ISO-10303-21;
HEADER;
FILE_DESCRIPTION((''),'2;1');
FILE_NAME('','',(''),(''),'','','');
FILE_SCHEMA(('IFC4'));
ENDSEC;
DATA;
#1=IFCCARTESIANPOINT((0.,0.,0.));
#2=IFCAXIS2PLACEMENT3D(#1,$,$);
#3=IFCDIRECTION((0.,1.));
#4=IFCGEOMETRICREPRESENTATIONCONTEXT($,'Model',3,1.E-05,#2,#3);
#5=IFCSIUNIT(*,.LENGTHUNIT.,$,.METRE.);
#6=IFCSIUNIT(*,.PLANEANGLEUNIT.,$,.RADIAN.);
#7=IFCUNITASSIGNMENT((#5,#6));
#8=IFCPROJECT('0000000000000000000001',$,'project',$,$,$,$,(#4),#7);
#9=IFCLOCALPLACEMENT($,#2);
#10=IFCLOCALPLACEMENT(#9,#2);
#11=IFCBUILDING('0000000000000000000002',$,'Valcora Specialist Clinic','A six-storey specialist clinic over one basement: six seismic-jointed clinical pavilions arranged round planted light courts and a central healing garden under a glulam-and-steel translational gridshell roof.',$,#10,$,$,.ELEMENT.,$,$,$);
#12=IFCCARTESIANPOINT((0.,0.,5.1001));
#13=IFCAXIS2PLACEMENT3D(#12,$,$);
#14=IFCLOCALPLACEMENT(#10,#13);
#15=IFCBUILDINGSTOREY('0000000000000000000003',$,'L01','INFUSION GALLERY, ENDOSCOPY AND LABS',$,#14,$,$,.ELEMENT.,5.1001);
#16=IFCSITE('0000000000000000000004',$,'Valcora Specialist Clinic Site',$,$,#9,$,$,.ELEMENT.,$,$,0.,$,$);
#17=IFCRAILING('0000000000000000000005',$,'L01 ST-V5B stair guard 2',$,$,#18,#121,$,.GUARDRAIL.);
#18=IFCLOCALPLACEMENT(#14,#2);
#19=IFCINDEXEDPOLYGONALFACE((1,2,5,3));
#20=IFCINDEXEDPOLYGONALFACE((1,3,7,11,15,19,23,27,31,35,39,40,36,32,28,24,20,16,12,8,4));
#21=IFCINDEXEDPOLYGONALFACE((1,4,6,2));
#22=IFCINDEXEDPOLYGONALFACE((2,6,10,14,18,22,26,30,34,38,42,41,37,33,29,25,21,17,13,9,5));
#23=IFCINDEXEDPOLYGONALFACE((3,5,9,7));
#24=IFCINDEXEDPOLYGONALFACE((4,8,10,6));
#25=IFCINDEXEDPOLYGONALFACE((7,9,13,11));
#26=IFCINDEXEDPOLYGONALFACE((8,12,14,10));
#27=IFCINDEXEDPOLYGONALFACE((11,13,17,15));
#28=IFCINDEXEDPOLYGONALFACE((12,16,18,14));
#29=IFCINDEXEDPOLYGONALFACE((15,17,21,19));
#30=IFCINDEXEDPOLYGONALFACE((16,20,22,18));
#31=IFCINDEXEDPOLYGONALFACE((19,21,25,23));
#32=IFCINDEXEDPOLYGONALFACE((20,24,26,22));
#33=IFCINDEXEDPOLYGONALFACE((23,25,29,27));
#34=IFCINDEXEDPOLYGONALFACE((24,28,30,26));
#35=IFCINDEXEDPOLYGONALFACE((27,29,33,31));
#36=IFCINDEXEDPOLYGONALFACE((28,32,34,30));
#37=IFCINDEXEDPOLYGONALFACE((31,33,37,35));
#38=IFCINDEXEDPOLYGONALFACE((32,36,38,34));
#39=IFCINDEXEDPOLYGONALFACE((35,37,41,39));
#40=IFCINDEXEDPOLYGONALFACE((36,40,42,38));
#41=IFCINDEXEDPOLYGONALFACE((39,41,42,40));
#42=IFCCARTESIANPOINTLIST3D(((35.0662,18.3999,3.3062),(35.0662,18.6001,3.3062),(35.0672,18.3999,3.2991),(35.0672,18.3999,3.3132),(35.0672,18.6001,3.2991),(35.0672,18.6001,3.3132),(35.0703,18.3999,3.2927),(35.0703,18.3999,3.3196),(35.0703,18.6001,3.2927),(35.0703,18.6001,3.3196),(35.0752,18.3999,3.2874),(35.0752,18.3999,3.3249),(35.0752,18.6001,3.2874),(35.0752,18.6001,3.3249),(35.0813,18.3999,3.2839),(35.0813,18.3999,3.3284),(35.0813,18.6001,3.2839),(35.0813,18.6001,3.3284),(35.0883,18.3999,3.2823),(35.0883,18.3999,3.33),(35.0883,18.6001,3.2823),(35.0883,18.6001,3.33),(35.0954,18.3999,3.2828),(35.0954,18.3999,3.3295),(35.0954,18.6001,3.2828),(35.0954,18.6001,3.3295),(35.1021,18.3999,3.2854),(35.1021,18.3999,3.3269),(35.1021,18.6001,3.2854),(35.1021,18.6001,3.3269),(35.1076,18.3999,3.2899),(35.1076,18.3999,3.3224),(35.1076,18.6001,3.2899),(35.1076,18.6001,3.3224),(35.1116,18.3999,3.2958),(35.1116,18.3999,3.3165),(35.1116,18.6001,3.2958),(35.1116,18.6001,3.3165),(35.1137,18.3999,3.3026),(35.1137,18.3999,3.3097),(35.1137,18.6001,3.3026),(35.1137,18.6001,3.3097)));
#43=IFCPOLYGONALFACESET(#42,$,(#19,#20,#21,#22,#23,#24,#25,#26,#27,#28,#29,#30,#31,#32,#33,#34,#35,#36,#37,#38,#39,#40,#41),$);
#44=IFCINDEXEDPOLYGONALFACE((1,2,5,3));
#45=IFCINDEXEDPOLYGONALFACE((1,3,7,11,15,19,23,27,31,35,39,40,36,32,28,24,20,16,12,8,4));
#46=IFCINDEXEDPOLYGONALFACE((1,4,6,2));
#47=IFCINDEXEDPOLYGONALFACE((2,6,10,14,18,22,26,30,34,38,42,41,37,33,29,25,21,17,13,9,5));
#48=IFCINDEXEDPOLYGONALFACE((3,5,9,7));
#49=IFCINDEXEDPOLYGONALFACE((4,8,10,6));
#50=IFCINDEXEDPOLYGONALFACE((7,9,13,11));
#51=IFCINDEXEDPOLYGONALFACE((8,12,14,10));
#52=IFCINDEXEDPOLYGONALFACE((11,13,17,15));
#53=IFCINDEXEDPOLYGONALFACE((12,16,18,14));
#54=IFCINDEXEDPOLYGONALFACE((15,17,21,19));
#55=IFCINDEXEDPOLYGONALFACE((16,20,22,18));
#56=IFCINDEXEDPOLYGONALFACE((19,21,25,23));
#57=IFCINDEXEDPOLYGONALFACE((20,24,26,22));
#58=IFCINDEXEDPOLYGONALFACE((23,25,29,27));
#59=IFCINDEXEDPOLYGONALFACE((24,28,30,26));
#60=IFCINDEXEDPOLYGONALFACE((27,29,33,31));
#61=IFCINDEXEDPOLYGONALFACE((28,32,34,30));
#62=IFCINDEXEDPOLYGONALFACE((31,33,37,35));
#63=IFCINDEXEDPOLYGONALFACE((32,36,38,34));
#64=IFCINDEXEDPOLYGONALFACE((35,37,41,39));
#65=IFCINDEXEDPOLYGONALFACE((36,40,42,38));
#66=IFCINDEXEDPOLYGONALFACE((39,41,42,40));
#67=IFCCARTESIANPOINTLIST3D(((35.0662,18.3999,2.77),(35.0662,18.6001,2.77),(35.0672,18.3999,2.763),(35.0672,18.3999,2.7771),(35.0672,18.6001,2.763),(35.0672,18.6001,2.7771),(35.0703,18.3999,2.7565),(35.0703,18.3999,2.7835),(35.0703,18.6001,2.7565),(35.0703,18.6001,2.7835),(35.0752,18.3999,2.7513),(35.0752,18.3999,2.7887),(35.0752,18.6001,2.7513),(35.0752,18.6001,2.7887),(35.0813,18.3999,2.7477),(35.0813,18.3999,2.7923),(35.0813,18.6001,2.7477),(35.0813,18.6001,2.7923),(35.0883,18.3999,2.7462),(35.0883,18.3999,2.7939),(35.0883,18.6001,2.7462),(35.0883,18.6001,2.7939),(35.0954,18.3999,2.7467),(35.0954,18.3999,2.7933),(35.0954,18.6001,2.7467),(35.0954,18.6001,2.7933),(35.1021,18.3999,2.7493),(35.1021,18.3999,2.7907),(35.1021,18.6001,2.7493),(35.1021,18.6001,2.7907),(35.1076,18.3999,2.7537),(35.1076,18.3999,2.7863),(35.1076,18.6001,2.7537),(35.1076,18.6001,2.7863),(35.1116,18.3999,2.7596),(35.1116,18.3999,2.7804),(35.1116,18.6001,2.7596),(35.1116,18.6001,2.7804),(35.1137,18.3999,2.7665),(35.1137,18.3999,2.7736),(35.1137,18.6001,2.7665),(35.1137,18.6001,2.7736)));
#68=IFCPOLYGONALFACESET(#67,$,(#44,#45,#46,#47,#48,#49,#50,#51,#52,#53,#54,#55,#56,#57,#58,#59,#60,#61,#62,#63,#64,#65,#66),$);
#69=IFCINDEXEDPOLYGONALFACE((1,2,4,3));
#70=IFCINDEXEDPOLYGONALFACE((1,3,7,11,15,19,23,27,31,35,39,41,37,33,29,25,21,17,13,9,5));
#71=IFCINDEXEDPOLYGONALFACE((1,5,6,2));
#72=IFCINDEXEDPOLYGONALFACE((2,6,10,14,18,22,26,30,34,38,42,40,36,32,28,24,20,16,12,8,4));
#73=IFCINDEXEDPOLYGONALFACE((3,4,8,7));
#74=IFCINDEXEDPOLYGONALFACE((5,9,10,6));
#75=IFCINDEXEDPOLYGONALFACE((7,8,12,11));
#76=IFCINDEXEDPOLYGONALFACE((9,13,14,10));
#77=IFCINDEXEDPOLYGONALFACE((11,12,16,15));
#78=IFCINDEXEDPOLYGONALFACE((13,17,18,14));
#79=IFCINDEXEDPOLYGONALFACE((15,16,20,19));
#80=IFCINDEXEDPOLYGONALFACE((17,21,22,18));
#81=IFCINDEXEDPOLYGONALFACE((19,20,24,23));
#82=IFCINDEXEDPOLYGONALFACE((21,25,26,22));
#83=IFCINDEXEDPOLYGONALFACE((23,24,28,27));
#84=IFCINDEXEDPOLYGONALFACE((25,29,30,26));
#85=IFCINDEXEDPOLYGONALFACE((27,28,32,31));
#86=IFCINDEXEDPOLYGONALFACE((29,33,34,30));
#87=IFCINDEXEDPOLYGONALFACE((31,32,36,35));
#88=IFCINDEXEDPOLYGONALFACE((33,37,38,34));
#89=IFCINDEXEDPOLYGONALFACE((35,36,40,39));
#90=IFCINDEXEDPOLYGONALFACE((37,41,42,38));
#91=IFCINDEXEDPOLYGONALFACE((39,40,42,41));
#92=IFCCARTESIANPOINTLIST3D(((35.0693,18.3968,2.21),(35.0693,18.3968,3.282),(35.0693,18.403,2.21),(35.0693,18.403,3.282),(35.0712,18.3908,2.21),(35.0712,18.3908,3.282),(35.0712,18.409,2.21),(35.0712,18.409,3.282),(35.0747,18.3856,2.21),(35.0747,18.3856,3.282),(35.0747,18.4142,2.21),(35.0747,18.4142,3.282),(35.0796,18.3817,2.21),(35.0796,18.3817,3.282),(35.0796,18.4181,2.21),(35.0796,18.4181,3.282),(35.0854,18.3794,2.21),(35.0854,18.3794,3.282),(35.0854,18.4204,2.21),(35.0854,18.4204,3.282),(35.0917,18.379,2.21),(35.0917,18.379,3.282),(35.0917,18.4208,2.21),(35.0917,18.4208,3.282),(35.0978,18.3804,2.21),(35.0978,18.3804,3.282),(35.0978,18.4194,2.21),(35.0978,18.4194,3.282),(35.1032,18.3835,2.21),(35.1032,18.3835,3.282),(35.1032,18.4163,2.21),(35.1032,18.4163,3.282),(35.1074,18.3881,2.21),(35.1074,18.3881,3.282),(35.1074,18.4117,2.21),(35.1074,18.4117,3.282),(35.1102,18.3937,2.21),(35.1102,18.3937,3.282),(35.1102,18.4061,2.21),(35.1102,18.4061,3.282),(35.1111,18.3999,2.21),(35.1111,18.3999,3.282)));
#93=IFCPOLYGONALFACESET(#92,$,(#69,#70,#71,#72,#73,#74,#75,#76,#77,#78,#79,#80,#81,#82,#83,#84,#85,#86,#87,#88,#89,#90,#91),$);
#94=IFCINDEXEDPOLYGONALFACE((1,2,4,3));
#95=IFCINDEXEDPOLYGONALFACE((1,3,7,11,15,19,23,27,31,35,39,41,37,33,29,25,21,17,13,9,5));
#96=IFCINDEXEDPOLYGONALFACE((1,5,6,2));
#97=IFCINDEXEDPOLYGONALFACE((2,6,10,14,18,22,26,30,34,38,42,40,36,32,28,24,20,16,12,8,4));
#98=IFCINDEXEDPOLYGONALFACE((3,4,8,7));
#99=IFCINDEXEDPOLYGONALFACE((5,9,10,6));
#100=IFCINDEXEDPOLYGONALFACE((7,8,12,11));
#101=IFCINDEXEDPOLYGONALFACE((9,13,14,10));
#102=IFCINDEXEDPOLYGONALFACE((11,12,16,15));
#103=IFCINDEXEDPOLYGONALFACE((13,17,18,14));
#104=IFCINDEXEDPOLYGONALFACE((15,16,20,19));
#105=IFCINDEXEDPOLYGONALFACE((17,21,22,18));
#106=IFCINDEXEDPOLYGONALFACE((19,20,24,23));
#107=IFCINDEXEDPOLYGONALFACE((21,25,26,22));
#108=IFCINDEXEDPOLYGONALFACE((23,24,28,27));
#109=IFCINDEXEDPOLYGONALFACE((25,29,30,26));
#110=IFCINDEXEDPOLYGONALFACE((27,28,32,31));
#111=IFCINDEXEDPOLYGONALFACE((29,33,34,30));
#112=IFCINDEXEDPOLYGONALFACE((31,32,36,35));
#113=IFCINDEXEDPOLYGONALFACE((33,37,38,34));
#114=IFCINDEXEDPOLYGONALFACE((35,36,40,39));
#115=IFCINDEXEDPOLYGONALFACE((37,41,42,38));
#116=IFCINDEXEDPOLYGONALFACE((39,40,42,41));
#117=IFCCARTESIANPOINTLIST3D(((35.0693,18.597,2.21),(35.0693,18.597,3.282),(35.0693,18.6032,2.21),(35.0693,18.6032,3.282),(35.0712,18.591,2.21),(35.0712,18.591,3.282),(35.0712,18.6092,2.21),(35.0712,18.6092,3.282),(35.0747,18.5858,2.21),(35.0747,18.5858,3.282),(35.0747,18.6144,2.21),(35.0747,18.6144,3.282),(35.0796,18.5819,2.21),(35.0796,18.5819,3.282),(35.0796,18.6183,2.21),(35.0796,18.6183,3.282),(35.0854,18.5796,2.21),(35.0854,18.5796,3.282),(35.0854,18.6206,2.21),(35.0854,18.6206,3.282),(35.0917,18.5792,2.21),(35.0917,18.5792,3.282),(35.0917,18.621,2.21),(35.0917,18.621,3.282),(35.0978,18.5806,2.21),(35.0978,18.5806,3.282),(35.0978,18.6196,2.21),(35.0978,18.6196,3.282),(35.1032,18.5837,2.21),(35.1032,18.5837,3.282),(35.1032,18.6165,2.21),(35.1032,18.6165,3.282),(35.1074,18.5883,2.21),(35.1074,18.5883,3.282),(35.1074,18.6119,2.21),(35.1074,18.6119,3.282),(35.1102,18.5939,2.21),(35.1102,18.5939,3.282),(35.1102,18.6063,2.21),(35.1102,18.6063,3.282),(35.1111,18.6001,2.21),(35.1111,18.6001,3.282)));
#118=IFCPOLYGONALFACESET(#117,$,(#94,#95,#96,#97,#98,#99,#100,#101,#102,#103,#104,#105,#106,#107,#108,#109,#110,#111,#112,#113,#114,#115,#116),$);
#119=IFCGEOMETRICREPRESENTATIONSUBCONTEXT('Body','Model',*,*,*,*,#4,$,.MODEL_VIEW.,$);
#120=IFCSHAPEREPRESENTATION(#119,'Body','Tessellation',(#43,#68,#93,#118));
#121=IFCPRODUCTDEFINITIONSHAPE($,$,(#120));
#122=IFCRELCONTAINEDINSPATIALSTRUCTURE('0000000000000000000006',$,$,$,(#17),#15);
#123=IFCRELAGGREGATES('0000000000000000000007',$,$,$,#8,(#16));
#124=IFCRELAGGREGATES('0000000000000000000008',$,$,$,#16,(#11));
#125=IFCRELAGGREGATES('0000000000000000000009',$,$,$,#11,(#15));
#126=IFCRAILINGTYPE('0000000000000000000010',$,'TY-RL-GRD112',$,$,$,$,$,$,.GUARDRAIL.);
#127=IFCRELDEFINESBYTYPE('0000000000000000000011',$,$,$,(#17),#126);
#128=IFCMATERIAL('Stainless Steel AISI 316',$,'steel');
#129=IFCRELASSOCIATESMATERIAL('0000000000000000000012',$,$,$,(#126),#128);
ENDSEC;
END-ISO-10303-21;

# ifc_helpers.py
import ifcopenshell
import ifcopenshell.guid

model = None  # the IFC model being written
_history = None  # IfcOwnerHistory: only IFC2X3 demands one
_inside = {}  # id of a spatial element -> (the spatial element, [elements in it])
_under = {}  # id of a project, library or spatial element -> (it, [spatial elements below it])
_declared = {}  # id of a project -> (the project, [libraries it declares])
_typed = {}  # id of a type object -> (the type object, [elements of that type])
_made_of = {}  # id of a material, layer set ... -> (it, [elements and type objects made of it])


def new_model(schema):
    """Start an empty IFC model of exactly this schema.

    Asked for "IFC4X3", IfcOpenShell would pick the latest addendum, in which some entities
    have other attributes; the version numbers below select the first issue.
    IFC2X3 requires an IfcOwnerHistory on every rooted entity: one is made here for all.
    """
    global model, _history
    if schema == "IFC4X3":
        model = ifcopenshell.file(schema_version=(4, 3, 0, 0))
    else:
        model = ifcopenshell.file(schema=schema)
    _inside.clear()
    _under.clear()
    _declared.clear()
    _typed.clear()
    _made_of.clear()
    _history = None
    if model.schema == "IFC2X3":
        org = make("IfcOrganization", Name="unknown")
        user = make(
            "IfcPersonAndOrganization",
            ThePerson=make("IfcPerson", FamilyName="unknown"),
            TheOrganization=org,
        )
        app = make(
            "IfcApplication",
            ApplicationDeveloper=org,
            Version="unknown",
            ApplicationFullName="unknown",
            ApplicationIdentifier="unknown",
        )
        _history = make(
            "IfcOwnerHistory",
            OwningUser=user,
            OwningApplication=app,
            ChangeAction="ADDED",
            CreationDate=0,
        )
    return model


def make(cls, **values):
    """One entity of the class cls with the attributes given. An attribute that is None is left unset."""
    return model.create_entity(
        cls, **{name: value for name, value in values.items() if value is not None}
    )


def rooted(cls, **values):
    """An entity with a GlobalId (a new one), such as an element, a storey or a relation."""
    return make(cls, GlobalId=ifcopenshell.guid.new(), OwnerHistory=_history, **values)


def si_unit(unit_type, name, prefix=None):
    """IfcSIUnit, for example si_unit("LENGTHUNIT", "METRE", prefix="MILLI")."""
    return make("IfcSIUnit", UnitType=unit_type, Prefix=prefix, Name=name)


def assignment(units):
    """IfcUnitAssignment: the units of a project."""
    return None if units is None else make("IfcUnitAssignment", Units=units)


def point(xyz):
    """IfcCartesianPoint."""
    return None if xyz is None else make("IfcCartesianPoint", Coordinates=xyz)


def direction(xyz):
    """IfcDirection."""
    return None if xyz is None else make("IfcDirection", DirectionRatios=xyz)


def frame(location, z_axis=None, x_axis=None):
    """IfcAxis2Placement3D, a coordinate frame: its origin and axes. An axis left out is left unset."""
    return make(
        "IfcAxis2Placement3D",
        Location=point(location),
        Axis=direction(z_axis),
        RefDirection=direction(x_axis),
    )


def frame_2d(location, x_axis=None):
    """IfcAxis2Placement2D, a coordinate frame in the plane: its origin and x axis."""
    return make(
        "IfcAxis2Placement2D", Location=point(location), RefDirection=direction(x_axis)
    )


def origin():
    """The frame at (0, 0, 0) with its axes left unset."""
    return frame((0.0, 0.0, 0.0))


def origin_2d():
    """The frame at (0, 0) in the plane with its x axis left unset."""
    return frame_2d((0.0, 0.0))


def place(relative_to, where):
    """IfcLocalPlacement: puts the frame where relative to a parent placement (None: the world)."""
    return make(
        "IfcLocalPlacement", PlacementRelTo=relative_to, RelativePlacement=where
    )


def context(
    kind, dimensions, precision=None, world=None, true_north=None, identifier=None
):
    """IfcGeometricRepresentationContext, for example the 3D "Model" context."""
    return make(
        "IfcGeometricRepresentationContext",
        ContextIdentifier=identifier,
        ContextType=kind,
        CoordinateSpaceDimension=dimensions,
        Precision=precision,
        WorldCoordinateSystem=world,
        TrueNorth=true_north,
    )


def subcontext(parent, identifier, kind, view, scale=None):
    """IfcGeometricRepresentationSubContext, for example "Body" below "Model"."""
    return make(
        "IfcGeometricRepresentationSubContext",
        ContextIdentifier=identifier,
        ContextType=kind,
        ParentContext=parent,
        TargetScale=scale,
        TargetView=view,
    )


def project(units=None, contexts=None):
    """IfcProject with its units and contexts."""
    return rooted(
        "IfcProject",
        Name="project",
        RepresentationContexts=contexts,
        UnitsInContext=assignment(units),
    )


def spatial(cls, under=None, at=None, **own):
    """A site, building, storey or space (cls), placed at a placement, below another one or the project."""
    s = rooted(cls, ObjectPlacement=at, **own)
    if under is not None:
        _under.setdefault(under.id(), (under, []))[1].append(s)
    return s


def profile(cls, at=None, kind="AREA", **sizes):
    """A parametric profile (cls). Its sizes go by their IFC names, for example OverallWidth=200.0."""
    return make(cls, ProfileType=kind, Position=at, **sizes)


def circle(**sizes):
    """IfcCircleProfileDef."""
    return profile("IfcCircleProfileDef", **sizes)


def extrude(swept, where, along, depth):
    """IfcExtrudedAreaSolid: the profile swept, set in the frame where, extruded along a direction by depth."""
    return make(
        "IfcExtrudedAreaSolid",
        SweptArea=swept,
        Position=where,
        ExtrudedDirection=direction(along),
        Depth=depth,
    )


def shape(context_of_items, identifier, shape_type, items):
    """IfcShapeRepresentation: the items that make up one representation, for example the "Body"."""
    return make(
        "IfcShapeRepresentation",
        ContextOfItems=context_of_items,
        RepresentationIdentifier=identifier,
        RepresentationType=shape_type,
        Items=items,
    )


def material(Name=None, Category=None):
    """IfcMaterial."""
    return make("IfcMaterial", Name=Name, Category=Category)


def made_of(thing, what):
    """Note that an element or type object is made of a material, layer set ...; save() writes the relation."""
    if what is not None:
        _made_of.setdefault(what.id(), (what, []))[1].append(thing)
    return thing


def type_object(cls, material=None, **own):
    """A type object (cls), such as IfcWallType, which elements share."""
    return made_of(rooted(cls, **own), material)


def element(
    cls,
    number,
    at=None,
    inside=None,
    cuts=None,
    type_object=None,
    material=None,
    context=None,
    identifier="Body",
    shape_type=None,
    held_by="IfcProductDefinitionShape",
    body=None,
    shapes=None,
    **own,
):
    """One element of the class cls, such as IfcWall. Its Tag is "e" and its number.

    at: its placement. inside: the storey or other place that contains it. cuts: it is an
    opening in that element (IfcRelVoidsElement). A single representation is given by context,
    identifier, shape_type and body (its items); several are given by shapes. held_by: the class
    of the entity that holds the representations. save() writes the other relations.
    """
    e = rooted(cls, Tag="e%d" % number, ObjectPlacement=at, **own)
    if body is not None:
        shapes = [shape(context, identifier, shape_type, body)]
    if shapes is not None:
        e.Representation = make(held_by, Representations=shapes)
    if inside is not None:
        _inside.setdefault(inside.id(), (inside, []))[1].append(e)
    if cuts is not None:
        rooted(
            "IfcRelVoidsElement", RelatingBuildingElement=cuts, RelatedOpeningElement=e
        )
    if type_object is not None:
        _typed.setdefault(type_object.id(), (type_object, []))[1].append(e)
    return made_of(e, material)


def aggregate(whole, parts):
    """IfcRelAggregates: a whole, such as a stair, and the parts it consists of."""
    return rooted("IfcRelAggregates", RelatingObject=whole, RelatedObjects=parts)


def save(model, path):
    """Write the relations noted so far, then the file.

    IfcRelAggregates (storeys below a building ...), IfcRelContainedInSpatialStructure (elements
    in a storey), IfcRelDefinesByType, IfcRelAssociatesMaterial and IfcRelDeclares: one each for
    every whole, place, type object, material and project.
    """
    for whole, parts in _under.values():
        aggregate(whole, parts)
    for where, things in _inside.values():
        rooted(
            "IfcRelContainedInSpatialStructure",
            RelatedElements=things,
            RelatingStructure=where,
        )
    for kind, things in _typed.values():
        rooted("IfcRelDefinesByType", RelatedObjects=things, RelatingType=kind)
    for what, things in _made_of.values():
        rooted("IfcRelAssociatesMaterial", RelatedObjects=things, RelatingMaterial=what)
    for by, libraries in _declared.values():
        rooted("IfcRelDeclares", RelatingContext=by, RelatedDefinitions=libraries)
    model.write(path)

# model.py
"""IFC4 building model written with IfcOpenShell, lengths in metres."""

from ifc_helpers import new_model, si_unit, direction, frame, origin, origin_2d, place, context, subcontext, project, spatial, circle, extrude, material, type_object, element, save


model = new_model("IFC4")

# Units and contexts
model_context = context("Model", 3, precision=1e-05, world=origin(), true_north=direction((0.0, 1.0)))
body_context = subcontext(model_context, "Body", "Model", "MODEL_VIEW")
ifc_project = project(units=[si_unit("LENGTHUNIT", "METRE"), si_unit("PLANEANGLEUNIT", "RADIAN")], contexts=[model_context])

# Site, building, storey
site_placement = place(None, origin())
site = spatial("IfcSite", under=ifc_project, at=site_placement, Name="Valcora Specialist Clinic Site", CompositionType="ELEMENT", RefElevation=0.0)
building_placement = place(site_placement, origin())
building = spatial("IfcBuilding", under=site, at=building_placement, Name="Valcora Specialist Clinic", Description="A six-storey specialist clinic over one basement: six seismic-jointed clinical pavilions arranged round planted light courts and a central healing garden under a glulam-and-steel translational gridshell roof.", CompositionType="ELEMENT")
storey_placement = place(building_placement, frame((0.0, 0.0, 5.1001)))
storey = spatial("IfcBuildingStorey", under=building, at=storey_placement, Name="L01", Description="INFUSION GALLERY, ENDOSCOPY AND LABS", CompositionType="ELEMENT", Elevation=5.1001)

# Shared definitions
ifc_material_1 = material(Name="Stainless Steel AISI 316", Category="steel")

# Railing
railing_type_1 = type_object("IfcRailingType", Name="TY-RL-GRD112", PredefinedType="GUARDRAIL", material=ifc_material_1)
railing_1_placement = place(storey_placement, frame((35.0901, 18.3999, 2.21)))
element("IfcRailing", 1, at=railing_1_placement, inside=storey, type_object=railing_type_1, Name="L01 ST-V5B stair guard 2", PredefinedType="GUARDRAIL", context=body_context, shape_type="SweptSolid", body=[
    extrude(circle(Radius=0.0239, at=origin_2d()), frame((0.0, 0.0, 1.0962), z_axis=(0.0, 1.0, 0.0), x_axis=(-1.0, 0.0, 0.0)), (0.0, 0.0, 1.0), 0.2002),
    extrude(circle(Radius=0.0239, at=origin_2d()), frame((0.0, 0.0, 0.5601), z_axis=(0.0, 1.0, 0.0), x_axis=(-1.0, 0.0, 0.0)), (0.0, 0.0, 1.0), 0.2002),
    extrude(circle(Radius=0.021, at=origin_2d()), origin(), (0.0, 0.0, 1.0), 1.072),
    extrude(circle(Radius=0.021, at=origin_2d()), frame((0.0, 0.2002, 0.0)), (0.0, 0.0, 1.0), 1.072),
])

save(model, "model.ifc")
